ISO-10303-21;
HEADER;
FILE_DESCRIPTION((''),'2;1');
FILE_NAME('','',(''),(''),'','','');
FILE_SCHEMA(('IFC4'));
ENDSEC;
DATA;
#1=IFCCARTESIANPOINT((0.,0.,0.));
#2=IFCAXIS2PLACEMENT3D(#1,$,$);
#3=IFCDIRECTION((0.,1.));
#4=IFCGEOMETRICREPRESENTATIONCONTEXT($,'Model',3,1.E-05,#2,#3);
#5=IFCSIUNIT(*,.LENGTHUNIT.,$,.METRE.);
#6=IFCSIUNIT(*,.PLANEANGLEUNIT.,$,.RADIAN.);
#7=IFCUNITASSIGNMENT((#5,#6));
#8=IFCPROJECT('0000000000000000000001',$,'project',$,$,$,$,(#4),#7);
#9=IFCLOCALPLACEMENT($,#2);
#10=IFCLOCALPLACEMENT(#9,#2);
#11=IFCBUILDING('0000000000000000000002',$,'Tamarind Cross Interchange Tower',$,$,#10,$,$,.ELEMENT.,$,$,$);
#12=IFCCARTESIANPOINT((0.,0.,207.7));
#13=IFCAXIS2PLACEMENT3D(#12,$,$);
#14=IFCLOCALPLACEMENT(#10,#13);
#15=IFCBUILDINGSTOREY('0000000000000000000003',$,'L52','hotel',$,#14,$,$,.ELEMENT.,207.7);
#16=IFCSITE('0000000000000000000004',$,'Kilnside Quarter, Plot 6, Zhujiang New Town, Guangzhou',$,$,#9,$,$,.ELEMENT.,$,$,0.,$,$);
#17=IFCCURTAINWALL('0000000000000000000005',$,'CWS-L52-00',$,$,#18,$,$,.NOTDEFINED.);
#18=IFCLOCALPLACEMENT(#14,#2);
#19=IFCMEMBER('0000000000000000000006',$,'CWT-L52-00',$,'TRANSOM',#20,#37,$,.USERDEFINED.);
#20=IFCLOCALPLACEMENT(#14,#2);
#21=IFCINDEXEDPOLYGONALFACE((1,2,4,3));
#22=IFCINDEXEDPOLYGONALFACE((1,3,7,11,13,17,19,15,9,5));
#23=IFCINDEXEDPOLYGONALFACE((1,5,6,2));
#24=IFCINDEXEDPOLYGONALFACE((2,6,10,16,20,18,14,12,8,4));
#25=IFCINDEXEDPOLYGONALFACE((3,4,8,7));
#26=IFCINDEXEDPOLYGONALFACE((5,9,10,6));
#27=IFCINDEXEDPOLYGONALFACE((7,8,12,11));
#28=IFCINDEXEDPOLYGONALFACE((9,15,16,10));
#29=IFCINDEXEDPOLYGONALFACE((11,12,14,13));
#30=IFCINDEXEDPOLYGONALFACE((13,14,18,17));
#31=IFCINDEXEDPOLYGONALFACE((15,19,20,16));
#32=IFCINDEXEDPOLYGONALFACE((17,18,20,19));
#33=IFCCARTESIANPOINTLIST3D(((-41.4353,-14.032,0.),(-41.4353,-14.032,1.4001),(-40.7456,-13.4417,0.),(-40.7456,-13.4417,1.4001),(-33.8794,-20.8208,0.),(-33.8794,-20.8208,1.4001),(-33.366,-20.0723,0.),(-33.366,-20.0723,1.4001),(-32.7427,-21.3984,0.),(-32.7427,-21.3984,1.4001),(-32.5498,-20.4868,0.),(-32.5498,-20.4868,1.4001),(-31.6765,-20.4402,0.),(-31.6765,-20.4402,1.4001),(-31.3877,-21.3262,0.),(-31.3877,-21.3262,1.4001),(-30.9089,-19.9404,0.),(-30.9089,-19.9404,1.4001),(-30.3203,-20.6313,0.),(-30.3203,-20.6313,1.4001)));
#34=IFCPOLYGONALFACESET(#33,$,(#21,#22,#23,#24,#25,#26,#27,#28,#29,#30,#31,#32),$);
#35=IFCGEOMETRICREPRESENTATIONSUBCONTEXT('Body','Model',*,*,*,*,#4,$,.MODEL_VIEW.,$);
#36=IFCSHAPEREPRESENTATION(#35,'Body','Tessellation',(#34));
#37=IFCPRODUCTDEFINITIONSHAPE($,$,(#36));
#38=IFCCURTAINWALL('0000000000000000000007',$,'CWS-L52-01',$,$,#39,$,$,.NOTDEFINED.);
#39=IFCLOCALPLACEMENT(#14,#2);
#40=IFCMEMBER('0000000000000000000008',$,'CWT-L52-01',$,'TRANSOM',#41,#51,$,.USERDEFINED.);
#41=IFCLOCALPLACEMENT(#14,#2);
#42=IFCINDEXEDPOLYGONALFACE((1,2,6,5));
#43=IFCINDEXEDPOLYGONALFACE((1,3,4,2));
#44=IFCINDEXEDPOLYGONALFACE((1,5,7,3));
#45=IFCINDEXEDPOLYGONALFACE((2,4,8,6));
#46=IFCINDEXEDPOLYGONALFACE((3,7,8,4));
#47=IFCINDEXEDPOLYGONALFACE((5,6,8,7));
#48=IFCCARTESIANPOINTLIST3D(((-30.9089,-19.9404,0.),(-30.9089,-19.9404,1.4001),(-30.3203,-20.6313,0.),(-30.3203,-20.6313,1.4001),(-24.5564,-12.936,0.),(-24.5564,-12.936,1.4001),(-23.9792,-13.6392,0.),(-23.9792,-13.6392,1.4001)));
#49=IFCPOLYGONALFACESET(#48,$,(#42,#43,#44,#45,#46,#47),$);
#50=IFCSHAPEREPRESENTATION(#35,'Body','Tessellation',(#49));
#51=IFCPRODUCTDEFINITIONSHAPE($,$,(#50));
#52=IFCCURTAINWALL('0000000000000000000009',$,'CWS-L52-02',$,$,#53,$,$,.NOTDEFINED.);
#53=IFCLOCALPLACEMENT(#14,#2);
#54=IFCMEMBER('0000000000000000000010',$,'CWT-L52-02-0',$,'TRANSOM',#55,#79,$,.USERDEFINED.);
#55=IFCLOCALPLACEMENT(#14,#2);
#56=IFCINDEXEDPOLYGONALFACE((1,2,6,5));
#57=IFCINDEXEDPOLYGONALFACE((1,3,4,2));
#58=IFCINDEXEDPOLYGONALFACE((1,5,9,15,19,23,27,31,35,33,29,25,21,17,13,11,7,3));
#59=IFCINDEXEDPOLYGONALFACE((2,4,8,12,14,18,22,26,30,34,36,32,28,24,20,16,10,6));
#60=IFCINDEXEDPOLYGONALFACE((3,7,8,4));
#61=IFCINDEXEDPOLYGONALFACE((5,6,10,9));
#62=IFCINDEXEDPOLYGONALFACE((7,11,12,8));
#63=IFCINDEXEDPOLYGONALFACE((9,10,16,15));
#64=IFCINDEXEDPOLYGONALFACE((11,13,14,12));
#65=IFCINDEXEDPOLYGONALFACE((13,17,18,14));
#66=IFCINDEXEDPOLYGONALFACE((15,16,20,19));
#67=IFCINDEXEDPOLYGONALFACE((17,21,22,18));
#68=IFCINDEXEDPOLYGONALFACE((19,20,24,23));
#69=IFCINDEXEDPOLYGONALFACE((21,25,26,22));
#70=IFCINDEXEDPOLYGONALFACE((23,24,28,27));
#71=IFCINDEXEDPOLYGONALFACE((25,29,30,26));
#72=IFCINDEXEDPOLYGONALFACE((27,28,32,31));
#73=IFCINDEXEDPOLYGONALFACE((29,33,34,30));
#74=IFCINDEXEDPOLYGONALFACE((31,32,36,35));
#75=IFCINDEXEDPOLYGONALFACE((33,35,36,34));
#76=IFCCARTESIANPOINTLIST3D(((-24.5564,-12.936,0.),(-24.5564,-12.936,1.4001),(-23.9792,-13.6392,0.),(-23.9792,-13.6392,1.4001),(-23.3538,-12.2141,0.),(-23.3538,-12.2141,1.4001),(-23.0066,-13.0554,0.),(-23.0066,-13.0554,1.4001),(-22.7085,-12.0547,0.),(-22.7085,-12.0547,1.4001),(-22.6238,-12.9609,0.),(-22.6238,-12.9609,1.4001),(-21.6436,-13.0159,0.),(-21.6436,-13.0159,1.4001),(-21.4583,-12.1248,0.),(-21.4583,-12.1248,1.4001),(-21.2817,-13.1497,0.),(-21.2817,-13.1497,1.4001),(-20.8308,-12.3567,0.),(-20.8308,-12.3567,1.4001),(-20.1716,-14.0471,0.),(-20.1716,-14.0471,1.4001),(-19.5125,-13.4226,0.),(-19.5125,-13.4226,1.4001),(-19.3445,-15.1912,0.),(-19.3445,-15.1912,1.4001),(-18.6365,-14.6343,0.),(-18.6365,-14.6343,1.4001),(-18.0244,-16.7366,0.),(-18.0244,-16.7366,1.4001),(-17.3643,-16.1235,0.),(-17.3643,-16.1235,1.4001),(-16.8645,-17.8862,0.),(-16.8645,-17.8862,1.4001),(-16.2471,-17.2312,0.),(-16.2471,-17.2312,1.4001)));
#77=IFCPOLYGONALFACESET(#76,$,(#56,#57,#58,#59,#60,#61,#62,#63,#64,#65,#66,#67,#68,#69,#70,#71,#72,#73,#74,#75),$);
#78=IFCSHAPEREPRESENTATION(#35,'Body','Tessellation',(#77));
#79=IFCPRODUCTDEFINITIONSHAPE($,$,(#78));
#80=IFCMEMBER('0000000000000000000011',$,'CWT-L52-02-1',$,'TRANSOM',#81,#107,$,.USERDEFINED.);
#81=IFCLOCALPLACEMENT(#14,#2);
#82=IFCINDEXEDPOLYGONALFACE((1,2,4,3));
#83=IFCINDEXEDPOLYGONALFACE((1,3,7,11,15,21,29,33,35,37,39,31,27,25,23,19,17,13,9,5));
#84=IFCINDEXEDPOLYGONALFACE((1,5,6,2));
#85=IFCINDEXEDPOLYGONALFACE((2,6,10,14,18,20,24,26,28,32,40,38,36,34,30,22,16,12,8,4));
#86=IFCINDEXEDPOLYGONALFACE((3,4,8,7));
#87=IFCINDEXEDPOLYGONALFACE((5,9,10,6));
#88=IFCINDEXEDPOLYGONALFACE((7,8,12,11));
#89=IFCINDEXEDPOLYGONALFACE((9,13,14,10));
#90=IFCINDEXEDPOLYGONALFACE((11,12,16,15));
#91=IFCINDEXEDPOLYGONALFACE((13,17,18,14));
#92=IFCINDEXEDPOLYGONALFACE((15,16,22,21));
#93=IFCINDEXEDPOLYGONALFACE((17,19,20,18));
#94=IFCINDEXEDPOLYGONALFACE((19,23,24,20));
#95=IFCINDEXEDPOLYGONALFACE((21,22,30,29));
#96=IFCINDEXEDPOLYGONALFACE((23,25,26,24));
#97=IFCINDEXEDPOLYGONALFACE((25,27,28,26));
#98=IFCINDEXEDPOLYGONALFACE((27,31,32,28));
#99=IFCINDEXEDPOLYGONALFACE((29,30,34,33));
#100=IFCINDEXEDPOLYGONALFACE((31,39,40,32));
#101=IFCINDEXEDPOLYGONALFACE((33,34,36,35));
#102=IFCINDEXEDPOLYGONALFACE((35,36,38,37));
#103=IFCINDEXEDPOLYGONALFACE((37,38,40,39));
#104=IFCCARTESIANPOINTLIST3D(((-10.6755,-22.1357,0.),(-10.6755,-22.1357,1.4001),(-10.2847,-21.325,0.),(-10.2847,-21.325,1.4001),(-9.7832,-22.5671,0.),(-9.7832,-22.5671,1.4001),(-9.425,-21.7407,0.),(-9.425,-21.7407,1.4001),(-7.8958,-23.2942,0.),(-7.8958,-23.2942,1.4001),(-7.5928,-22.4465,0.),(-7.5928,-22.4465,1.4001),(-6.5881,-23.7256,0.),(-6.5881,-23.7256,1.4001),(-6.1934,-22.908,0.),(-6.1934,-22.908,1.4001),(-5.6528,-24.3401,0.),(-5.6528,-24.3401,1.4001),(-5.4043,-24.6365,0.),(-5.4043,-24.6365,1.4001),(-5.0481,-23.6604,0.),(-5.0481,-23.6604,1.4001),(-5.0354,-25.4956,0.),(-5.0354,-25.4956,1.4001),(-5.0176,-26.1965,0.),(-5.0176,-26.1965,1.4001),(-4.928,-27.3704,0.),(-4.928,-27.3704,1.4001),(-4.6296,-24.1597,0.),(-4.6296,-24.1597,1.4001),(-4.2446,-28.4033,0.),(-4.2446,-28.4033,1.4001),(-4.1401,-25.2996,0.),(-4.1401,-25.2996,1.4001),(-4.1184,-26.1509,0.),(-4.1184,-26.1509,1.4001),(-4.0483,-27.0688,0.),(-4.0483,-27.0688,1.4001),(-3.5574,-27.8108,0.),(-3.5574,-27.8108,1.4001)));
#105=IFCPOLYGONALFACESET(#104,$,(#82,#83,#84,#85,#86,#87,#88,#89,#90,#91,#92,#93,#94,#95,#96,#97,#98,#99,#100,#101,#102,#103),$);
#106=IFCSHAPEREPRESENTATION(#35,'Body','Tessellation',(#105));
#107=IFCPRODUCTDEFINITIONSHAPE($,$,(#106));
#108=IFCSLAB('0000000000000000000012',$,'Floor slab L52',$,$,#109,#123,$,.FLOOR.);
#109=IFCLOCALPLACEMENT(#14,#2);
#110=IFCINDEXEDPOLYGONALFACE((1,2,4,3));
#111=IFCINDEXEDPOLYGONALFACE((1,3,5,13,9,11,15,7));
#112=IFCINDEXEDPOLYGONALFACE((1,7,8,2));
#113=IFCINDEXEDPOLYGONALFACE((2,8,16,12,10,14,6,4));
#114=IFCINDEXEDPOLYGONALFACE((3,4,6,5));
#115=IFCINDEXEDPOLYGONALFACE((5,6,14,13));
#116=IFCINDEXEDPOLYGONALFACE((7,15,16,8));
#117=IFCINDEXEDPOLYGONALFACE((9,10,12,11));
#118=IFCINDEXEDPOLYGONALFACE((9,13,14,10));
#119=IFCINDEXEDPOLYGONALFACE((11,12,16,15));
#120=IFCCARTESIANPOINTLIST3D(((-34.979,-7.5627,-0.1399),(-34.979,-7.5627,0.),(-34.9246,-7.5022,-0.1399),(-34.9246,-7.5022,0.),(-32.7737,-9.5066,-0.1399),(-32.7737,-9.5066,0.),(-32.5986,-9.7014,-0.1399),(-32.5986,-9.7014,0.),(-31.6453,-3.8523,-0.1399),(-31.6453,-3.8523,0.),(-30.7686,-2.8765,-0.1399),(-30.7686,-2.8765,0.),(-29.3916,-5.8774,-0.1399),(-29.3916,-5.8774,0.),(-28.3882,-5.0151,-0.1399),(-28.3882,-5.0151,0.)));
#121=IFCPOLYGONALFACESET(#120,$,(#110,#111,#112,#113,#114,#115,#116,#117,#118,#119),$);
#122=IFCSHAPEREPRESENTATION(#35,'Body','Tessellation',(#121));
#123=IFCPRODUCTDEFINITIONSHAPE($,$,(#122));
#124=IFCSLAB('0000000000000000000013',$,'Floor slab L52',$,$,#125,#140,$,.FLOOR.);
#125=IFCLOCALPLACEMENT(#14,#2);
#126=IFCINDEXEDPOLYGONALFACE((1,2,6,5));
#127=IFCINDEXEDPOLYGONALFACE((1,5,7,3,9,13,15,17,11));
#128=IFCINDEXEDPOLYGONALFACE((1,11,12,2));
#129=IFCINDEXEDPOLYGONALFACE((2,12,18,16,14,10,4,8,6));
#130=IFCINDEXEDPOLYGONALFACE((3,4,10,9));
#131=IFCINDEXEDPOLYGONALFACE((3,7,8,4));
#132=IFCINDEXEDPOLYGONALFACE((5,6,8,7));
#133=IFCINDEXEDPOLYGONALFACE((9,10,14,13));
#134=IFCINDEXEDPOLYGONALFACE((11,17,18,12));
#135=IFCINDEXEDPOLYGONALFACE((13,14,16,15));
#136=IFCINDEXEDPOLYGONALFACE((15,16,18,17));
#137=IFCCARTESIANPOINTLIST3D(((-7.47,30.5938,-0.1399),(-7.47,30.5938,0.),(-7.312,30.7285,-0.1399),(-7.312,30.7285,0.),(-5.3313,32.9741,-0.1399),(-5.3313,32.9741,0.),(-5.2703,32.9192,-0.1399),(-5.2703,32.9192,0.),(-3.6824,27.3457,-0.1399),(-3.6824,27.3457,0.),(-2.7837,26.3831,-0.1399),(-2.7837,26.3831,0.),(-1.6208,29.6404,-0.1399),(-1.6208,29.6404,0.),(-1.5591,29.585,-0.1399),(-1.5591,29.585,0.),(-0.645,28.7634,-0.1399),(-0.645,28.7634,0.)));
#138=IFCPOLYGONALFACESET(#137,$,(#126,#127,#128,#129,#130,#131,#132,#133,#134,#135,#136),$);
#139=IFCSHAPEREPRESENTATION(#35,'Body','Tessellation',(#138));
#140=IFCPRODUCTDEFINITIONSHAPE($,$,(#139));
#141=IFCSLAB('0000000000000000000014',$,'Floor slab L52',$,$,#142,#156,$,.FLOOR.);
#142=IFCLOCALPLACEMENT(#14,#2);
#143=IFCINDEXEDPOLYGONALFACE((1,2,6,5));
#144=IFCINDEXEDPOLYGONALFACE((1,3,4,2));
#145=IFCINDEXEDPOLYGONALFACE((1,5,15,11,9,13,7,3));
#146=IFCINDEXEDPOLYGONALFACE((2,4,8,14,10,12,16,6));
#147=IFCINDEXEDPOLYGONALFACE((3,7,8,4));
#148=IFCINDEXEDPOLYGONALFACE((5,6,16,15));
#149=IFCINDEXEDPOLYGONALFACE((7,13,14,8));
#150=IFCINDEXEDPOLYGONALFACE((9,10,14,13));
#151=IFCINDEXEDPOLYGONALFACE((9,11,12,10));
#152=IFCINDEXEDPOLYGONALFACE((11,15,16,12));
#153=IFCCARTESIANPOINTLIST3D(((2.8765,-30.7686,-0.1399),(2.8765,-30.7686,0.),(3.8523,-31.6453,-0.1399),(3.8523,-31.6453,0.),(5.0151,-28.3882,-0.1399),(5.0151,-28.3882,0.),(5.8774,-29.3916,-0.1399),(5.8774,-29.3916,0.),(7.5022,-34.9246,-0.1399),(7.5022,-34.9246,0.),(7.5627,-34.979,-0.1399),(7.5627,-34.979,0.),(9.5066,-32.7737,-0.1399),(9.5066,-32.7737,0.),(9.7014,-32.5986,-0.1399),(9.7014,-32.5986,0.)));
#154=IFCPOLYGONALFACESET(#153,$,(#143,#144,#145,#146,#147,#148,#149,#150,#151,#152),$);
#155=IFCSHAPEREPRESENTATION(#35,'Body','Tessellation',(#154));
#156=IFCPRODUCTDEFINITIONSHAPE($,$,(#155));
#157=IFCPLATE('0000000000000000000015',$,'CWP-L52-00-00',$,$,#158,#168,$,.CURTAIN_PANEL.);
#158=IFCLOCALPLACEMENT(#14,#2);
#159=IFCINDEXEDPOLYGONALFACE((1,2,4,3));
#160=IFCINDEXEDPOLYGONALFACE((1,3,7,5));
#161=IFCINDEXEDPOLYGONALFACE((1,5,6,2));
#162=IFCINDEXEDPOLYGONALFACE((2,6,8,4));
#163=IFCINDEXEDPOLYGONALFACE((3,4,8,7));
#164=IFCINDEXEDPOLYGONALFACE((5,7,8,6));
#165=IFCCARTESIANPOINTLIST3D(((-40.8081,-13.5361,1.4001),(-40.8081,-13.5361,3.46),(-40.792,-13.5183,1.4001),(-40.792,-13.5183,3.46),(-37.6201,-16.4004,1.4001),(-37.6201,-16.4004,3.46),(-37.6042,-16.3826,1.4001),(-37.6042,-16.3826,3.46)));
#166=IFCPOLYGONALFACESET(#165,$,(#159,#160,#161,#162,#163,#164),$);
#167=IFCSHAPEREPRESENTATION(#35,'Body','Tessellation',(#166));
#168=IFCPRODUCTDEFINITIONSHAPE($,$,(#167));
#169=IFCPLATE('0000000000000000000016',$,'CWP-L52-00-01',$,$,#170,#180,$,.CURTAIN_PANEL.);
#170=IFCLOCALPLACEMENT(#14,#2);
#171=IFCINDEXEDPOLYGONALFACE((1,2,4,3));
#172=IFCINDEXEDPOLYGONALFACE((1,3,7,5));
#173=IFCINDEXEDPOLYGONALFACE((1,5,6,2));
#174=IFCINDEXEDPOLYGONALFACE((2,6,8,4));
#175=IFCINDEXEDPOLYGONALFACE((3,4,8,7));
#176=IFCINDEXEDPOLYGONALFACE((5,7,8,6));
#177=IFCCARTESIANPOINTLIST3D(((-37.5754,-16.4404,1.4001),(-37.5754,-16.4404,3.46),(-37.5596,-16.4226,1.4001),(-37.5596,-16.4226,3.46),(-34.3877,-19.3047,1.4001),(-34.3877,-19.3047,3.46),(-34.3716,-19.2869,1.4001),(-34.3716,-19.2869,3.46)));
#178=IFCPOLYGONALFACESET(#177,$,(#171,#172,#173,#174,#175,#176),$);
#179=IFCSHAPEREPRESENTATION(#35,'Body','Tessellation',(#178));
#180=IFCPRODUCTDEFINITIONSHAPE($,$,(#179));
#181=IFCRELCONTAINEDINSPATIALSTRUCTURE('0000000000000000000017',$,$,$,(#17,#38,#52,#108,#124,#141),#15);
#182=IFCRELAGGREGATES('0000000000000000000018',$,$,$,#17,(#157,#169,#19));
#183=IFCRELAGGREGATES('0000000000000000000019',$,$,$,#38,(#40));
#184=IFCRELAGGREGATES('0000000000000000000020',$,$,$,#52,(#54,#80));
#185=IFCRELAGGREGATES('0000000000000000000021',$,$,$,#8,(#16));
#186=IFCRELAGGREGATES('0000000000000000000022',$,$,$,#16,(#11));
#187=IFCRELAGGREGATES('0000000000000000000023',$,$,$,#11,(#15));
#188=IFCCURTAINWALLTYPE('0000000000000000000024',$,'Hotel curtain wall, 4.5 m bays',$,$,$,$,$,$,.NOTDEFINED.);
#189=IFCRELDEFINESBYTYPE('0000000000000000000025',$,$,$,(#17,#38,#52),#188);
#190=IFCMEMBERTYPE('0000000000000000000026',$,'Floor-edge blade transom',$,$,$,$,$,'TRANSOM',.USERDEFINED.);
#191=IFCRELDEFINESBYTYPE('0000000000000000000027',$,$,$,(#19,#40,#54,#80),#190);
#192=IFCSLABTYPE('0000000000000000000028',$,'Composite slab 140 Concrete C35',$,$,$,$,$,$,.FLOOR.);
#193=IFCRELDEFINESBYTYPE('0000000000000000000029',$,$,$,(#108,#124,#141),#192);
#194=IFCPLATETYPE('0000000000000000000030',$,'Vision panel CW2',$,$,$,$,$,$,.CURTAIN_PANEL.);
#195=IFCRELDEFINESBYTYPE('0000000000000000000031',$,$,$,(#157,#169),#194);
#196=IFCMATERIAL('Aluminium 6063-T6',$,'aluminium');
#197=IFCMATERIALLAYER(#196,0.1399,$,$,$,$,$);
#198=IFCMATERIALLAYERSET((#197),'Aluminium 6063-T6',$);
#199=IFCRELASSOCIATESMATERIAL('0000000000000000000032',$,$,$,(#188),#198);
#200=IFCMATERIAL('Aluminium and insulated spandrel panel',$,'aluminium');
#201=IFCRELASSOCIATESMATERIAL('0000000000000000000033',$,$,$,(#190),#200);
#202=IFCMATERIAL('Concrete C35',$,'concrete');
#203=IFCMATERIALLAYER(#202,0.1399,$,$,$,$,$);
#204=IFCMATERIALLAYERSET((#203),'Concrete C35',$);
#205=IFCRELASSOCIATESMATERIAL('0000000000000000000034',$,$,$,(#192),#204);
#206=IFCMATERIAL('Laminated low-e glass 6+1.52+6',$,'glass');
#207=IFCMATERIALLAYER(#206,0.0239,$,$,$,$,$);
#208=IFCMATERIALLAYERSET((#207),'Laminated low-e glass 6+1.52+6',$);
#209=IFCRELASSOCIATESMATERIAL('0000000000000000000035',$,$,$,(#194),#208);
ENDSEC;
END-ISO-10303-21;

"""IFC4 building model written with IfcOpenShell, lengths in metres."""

from ifc_helpers import new_model, si_unit, direction, frame, origin, place, context, subcontext, project, spatial, polyline, outline, extrude, material, layer, layer_set, type_object, element, aggregate, save


model = new_model("IFC4")

# Units and contexts
model_context = context("Model", 3, precision=1e-05, world=origin(), true_north=direction((0.0, 1.0)))
body_context = subcontext(model_context, "Body", "Model", "MODEL_VIEW")
ifc_project = project(units=[si_unit("LENGTHUNIT", "METRE"), si_unit("PLANEANGLEUNIT", "RADIAN")], contexts=[model_context])

# Site, building, storey
site_placement = place(None, origin())
site = spatial("IfcSite", under=ifc_project, at=site_placement, Name="Kilnside Quarter, Plot 6, Zhujiang New Town, Guangzhou", CompositionType="ELEMENT", RefElevation=0.0)
building_placement = place(site_placement, origin())
building = spatial("IfcBuilding", under=site, at=building_placement, Name="Tamarind Cross Interchange Tower", CompositionType="ELEMENT")
storey_placement = place(building_placement, frame((0.0, 0.0, 207.7)))
storey = spatial("IfcBuildingStorey", under=building, at=storey_placement, Name="L52", Description="hotel", CompositionType="ELEMENT", Elevation=207.7)

# Curtain walls, members
ifc_material_1 = material(Name="Aluminium 6063-T6", Category="aluminium")
ifc_layer_1 = layer(ifc_material_1, 0.1399)
ifc_layer_set_1 = layer_set([ifc_layer_1], Name="Aluminium 6063-T6")
curtain_wall_type = type_object("IfcCurtainWallType", Name="Hotel curtain wall, 4.5 m bays", PredefinedType="NOTDEFINED", material=ifc_layer_set_1)
curtain_wall_1_placement = place(storey_placement, origin())
curtain_wall_1 = element("IfcCurtainWall", 1, at=curtain_wall_1_placement, inside=storey, type_object=curtain_wall_type, Name="CWS-L52-00", PredefinedType="NOTDEFINED")
ifc_material_2 = material(Name="Aluminium and insulated spandrel panel", Category="aluminium")
member_type = type_object("IfcMemberType", Name="Floor-edge blade transom", ElementType="TRANSOM", PredefinedType="USERDEFINED", material=ifc_material_2)
member_1_placement = place(storey_placement, origin())
member_1 = element("IfcMember", 2, at=member_1_placement, type_object=member_type, Name="CWT-L52-00", ObjectType="TRANSOM", PredefinedType="USERDEFINED", context=body_context, shape_type="SweptSolid", body=[
    extrude(outline(polyline([(-40.7456, -13.4417), (-33.366, -20.0723), (-32.5498, -20.4868), (-31.6765, -20.4402), (-30.9089, -19.9404), (-30.3203, -20.6313), (-31.3877, -21.3262), (-32.7427, -21.3984), (-33.8794, -20.8208), (-41.4353, -14.032), (-40.7456, -13.4417)])), origin(), (0.0, 0.0, 1.0), 1.4001),
])
curtain_wall_2_placement = place(storey_placement, origin())
curtain_wall_2 = element("IfcCurtainWall", 3, at=curtain_wall_2_placement, inside=storey, type_object=curtain_wall_type, Name="CWS-L52-01", PredefinedType="NOTDEFINED")
member_2_placement = place(storey_placement, origin())
member_2 = element("IfcMember", 4, at=member_2_placement, type_object=member_type, Name="CWT-L52-01", ObjectType="TRANSOM", PredefinedType="USERDEFINED", context=body_context, shape_type="SweptSolid", body=[
    extrude(outline(polyline([(-30.9089, -19.9404), (-24.5564, -12.936), (-23.9792, -13.6392), (-30.3203, -20.6313), (-30.9089, -19.9404)])), origin(), (0.0, 0.0, 1.0), 1.4001),
])

# Curtain wall, members
curtain_wall_3_placement = place(storey_placement, origin())
curtain_wall_3 = element("IfcCurtainWall", 5, at=curtain_wall_3_placement, inside=storey, type_object=curtain_wall_type, Name="CWS-L52-02", PredefinedType="NOTDEFINED")
member_3_placement = place(storey_placement, origin())
member_3 = element("IfcMember", 6, at=member_3_placement, type_object=member_type, Name="CWT-L52-02-0", ObjectType="TRANSOM", PredefinedType="USERDEFINED", context=body_context, shape_type="SweptSolid", body=[
    extrude(outline(polyline([(-24.5564, -12.936), (-23.3538, -12.2141), (-22.7085, -12.0547), (-21.4583, -12.1248), (-20.8308, -12.3567), (-19.5125, -13.4226), (-18.6365, -14.6343), (-17.3643, -16.1235), (-16.2471, -17.2312), (-16.8645, -17.8862), (-18.0244, -16.7366), (-19.3445, -15.1912), (-20.1716, -14.0471), (-21.2817, -13.1497), (-21.6436, -13.0159), (-22.6238, -12.9609), (-23.0066, -13.0554), (-23.9792, -13.6392), (-24.5564, -12.936)])), origin(), (0.0, 0.0, 1.0), 1.4001),
])
member_4_placement = place(storey_placement, origin())
member_4 = element("IfcMember", 7, at=member_4_placement, type_object=member_type, Name="CWT-L52-02-1", ObjectType="TRANSOM", PredefinedType="USERDEFINED", context=body_context, shape_type="SweptSolid", body=[
    extrude(outline(polyline([(-10.2847, -21.325), (-9.425, -21.7407), (-7.5928, -22.4465), (-6.1934, -22.908), (-5.0481, -23.6604), (-4.6296, -24.1597), (-4.1401, -25.2996), (-4.1184, -26.1509), (-4.0483, -27.0688), (-3.5574, -27.8108), (-4.2446, -28.4033), (-4.928, -27.3704), (-5.0176, -26.1965), (-5.0354, -25.4956), (-5.4043, -24.6365), (-5.6528, -24.3401), (-6.5881, -23.7256), (-7.8958, -23.2942), (-9.7832, -22.5671), (-10.6755, -22.1357), (-10.2847, -21.325)])), origin(), (0.0, 0.0, 1.0), 1.4001),
])

# Slabs
ifc_material_3 = material(Name="Concrete C35", Category="concrete")
ifc_layer_2 = layer(ifc_material_3, 0.1399)
ifc_layer_set_2 = layer_set([ifc_layer_2], Name="Concrete C35")
slab_type = type_object("IfcSlabType", Name="Composite slab 140 Concrete C35", PredefinedType="FLOOR", material=ifc_layer_set_2)
slab_1_placement = place(storey_placement, frame((0.0, 0.0, -0.1399)))
element("IfcSlab", 8, at=slab_1_placement, inside=storey, type_object=slab_type, Name="Floor slab L52", PredefinedType="FLOOR", context=body_context, shape_type="SweptSolid", body=[
    extrude(outline(polyline([(-28.3882, -5.0151), (-30.7686, -2.8765), (-31.6453, -3.8523), (-29.3916, -5.8774), (-32.7737, -9.5066), (-34.9246, -7.5022), (-34.979, -7.5627), (-32.5986, -9.7014), (-28.3882, -5.0151)])), origin(), (0.0, 0.0, 1.0), 0.1399),
])
slab_2_placement = place(storey_placement, frame((0.0, 0.0, -0.1399)))
element("IfcSlab", 9, at=slab_2_placement, inside=storey, type_object=slab_type, Name="Floor slab L52", PredefinedType="FLOOR", context=body_context, shape_type="SweptSolid", body=[
    extrude(outline(polyline([(-5.3313, 32.9741), (-7.47, 30.5938), (-2.7837, 26.3831), (-0.645, 28.7634), (-1.5591, 29.585), (-1.6208, 29.6404), (-3.6824, 27.3457), (-7.312, 30.7285), (-5.2703, 32.9192), (-5.3313, 32.9741)])), origin(), (0.0, 0.0, 1.0), 0.1399),
])
slab_3_placement = place(storey_placement, frame((0.0, 0.0, -0.1399)))
element("IfcSlab", 10, at=slab_3_placement, inside=storey, type_object=slab_type, Name="Floor slab L52", PredefinedType="FLOOR", context=body_context, shape_type="SweptSolid", body=[
    extrude(outline(polyline([(7.5627, -34.979), (9.7014, -32.5986), (5.0151, -28.3882), (2.8765, -30.7686), (3.8523, -31.6453), (5.8774, -29.3916), (9.5066, -32.7737), (7.5022, -34.9246), (7.5627, -34.979)])), origin(), (0.0, 0.0, 1.0), 0.1399),
])

# Plates
ifc_material_4 = material(Name="Laminated low-e glass 6+1.52+6", Category="glass")
ifc_layer_3 = layer(ifc_material_4, 0.0239)
ifc_layer_set_3 = layer_set([ifc_layer_3], Name="Laminated low-e glass 6+1.52+6")
plate_type = type_object("IfcPlateType", Name="Vision panel CW2", PredefinedType="CURTAIN_PANEL", material=ifc_layer_set_3)
plate_1_placement = place(storey_placement, frame((0.0, 0.0, 1.4001)))
plate_1 = element("IfcPlate", 11, at=plate_1_placement, type_object=plate_type, Name="CWP-L52-00-00", PredefinedType="CURTAIN_PANEL", context=body_context, shape_type="SweptSolid", body=[
    extrude(outline(polyline([(-40.792, -13.5183), (-37.6042, -16.3826), (-37.6201, -16.4004), (-40.8081, -13.5361), (-40.792, -13.5183)])), origin(), (0.0, 0.0, 1.0), 2.0598),
])
plate_2_placement = place(storey_placement, frame((0.0, 0.0, 1.4001)))
plate_2 = element("IfcPlate", 12, at=plate_2_placement, type_object=plate_type, Name="CWP-L52-00-01", PredefinedType="CURTAIN_PANEL", context=body_context, shape_type="SweptSolid", body=[
    extrude(outline(polyline([(-37.5596, -16.4226), (-34.3716, -19.2869), (-34.3877, -19.3047), (-37.5754, -16.4404), (-37.5596, -16.4226)])), origin(), (0.0, 0.0, 1.0), 2.0598),
])
aggregate(curtain_wall_1, [plate_1, plate_2, member_1])
aggregate(curtain_wall_2, [member_2])
aggregate(curtain_wall_3, [member_3, member_4])

save(model, "model.ifc")
